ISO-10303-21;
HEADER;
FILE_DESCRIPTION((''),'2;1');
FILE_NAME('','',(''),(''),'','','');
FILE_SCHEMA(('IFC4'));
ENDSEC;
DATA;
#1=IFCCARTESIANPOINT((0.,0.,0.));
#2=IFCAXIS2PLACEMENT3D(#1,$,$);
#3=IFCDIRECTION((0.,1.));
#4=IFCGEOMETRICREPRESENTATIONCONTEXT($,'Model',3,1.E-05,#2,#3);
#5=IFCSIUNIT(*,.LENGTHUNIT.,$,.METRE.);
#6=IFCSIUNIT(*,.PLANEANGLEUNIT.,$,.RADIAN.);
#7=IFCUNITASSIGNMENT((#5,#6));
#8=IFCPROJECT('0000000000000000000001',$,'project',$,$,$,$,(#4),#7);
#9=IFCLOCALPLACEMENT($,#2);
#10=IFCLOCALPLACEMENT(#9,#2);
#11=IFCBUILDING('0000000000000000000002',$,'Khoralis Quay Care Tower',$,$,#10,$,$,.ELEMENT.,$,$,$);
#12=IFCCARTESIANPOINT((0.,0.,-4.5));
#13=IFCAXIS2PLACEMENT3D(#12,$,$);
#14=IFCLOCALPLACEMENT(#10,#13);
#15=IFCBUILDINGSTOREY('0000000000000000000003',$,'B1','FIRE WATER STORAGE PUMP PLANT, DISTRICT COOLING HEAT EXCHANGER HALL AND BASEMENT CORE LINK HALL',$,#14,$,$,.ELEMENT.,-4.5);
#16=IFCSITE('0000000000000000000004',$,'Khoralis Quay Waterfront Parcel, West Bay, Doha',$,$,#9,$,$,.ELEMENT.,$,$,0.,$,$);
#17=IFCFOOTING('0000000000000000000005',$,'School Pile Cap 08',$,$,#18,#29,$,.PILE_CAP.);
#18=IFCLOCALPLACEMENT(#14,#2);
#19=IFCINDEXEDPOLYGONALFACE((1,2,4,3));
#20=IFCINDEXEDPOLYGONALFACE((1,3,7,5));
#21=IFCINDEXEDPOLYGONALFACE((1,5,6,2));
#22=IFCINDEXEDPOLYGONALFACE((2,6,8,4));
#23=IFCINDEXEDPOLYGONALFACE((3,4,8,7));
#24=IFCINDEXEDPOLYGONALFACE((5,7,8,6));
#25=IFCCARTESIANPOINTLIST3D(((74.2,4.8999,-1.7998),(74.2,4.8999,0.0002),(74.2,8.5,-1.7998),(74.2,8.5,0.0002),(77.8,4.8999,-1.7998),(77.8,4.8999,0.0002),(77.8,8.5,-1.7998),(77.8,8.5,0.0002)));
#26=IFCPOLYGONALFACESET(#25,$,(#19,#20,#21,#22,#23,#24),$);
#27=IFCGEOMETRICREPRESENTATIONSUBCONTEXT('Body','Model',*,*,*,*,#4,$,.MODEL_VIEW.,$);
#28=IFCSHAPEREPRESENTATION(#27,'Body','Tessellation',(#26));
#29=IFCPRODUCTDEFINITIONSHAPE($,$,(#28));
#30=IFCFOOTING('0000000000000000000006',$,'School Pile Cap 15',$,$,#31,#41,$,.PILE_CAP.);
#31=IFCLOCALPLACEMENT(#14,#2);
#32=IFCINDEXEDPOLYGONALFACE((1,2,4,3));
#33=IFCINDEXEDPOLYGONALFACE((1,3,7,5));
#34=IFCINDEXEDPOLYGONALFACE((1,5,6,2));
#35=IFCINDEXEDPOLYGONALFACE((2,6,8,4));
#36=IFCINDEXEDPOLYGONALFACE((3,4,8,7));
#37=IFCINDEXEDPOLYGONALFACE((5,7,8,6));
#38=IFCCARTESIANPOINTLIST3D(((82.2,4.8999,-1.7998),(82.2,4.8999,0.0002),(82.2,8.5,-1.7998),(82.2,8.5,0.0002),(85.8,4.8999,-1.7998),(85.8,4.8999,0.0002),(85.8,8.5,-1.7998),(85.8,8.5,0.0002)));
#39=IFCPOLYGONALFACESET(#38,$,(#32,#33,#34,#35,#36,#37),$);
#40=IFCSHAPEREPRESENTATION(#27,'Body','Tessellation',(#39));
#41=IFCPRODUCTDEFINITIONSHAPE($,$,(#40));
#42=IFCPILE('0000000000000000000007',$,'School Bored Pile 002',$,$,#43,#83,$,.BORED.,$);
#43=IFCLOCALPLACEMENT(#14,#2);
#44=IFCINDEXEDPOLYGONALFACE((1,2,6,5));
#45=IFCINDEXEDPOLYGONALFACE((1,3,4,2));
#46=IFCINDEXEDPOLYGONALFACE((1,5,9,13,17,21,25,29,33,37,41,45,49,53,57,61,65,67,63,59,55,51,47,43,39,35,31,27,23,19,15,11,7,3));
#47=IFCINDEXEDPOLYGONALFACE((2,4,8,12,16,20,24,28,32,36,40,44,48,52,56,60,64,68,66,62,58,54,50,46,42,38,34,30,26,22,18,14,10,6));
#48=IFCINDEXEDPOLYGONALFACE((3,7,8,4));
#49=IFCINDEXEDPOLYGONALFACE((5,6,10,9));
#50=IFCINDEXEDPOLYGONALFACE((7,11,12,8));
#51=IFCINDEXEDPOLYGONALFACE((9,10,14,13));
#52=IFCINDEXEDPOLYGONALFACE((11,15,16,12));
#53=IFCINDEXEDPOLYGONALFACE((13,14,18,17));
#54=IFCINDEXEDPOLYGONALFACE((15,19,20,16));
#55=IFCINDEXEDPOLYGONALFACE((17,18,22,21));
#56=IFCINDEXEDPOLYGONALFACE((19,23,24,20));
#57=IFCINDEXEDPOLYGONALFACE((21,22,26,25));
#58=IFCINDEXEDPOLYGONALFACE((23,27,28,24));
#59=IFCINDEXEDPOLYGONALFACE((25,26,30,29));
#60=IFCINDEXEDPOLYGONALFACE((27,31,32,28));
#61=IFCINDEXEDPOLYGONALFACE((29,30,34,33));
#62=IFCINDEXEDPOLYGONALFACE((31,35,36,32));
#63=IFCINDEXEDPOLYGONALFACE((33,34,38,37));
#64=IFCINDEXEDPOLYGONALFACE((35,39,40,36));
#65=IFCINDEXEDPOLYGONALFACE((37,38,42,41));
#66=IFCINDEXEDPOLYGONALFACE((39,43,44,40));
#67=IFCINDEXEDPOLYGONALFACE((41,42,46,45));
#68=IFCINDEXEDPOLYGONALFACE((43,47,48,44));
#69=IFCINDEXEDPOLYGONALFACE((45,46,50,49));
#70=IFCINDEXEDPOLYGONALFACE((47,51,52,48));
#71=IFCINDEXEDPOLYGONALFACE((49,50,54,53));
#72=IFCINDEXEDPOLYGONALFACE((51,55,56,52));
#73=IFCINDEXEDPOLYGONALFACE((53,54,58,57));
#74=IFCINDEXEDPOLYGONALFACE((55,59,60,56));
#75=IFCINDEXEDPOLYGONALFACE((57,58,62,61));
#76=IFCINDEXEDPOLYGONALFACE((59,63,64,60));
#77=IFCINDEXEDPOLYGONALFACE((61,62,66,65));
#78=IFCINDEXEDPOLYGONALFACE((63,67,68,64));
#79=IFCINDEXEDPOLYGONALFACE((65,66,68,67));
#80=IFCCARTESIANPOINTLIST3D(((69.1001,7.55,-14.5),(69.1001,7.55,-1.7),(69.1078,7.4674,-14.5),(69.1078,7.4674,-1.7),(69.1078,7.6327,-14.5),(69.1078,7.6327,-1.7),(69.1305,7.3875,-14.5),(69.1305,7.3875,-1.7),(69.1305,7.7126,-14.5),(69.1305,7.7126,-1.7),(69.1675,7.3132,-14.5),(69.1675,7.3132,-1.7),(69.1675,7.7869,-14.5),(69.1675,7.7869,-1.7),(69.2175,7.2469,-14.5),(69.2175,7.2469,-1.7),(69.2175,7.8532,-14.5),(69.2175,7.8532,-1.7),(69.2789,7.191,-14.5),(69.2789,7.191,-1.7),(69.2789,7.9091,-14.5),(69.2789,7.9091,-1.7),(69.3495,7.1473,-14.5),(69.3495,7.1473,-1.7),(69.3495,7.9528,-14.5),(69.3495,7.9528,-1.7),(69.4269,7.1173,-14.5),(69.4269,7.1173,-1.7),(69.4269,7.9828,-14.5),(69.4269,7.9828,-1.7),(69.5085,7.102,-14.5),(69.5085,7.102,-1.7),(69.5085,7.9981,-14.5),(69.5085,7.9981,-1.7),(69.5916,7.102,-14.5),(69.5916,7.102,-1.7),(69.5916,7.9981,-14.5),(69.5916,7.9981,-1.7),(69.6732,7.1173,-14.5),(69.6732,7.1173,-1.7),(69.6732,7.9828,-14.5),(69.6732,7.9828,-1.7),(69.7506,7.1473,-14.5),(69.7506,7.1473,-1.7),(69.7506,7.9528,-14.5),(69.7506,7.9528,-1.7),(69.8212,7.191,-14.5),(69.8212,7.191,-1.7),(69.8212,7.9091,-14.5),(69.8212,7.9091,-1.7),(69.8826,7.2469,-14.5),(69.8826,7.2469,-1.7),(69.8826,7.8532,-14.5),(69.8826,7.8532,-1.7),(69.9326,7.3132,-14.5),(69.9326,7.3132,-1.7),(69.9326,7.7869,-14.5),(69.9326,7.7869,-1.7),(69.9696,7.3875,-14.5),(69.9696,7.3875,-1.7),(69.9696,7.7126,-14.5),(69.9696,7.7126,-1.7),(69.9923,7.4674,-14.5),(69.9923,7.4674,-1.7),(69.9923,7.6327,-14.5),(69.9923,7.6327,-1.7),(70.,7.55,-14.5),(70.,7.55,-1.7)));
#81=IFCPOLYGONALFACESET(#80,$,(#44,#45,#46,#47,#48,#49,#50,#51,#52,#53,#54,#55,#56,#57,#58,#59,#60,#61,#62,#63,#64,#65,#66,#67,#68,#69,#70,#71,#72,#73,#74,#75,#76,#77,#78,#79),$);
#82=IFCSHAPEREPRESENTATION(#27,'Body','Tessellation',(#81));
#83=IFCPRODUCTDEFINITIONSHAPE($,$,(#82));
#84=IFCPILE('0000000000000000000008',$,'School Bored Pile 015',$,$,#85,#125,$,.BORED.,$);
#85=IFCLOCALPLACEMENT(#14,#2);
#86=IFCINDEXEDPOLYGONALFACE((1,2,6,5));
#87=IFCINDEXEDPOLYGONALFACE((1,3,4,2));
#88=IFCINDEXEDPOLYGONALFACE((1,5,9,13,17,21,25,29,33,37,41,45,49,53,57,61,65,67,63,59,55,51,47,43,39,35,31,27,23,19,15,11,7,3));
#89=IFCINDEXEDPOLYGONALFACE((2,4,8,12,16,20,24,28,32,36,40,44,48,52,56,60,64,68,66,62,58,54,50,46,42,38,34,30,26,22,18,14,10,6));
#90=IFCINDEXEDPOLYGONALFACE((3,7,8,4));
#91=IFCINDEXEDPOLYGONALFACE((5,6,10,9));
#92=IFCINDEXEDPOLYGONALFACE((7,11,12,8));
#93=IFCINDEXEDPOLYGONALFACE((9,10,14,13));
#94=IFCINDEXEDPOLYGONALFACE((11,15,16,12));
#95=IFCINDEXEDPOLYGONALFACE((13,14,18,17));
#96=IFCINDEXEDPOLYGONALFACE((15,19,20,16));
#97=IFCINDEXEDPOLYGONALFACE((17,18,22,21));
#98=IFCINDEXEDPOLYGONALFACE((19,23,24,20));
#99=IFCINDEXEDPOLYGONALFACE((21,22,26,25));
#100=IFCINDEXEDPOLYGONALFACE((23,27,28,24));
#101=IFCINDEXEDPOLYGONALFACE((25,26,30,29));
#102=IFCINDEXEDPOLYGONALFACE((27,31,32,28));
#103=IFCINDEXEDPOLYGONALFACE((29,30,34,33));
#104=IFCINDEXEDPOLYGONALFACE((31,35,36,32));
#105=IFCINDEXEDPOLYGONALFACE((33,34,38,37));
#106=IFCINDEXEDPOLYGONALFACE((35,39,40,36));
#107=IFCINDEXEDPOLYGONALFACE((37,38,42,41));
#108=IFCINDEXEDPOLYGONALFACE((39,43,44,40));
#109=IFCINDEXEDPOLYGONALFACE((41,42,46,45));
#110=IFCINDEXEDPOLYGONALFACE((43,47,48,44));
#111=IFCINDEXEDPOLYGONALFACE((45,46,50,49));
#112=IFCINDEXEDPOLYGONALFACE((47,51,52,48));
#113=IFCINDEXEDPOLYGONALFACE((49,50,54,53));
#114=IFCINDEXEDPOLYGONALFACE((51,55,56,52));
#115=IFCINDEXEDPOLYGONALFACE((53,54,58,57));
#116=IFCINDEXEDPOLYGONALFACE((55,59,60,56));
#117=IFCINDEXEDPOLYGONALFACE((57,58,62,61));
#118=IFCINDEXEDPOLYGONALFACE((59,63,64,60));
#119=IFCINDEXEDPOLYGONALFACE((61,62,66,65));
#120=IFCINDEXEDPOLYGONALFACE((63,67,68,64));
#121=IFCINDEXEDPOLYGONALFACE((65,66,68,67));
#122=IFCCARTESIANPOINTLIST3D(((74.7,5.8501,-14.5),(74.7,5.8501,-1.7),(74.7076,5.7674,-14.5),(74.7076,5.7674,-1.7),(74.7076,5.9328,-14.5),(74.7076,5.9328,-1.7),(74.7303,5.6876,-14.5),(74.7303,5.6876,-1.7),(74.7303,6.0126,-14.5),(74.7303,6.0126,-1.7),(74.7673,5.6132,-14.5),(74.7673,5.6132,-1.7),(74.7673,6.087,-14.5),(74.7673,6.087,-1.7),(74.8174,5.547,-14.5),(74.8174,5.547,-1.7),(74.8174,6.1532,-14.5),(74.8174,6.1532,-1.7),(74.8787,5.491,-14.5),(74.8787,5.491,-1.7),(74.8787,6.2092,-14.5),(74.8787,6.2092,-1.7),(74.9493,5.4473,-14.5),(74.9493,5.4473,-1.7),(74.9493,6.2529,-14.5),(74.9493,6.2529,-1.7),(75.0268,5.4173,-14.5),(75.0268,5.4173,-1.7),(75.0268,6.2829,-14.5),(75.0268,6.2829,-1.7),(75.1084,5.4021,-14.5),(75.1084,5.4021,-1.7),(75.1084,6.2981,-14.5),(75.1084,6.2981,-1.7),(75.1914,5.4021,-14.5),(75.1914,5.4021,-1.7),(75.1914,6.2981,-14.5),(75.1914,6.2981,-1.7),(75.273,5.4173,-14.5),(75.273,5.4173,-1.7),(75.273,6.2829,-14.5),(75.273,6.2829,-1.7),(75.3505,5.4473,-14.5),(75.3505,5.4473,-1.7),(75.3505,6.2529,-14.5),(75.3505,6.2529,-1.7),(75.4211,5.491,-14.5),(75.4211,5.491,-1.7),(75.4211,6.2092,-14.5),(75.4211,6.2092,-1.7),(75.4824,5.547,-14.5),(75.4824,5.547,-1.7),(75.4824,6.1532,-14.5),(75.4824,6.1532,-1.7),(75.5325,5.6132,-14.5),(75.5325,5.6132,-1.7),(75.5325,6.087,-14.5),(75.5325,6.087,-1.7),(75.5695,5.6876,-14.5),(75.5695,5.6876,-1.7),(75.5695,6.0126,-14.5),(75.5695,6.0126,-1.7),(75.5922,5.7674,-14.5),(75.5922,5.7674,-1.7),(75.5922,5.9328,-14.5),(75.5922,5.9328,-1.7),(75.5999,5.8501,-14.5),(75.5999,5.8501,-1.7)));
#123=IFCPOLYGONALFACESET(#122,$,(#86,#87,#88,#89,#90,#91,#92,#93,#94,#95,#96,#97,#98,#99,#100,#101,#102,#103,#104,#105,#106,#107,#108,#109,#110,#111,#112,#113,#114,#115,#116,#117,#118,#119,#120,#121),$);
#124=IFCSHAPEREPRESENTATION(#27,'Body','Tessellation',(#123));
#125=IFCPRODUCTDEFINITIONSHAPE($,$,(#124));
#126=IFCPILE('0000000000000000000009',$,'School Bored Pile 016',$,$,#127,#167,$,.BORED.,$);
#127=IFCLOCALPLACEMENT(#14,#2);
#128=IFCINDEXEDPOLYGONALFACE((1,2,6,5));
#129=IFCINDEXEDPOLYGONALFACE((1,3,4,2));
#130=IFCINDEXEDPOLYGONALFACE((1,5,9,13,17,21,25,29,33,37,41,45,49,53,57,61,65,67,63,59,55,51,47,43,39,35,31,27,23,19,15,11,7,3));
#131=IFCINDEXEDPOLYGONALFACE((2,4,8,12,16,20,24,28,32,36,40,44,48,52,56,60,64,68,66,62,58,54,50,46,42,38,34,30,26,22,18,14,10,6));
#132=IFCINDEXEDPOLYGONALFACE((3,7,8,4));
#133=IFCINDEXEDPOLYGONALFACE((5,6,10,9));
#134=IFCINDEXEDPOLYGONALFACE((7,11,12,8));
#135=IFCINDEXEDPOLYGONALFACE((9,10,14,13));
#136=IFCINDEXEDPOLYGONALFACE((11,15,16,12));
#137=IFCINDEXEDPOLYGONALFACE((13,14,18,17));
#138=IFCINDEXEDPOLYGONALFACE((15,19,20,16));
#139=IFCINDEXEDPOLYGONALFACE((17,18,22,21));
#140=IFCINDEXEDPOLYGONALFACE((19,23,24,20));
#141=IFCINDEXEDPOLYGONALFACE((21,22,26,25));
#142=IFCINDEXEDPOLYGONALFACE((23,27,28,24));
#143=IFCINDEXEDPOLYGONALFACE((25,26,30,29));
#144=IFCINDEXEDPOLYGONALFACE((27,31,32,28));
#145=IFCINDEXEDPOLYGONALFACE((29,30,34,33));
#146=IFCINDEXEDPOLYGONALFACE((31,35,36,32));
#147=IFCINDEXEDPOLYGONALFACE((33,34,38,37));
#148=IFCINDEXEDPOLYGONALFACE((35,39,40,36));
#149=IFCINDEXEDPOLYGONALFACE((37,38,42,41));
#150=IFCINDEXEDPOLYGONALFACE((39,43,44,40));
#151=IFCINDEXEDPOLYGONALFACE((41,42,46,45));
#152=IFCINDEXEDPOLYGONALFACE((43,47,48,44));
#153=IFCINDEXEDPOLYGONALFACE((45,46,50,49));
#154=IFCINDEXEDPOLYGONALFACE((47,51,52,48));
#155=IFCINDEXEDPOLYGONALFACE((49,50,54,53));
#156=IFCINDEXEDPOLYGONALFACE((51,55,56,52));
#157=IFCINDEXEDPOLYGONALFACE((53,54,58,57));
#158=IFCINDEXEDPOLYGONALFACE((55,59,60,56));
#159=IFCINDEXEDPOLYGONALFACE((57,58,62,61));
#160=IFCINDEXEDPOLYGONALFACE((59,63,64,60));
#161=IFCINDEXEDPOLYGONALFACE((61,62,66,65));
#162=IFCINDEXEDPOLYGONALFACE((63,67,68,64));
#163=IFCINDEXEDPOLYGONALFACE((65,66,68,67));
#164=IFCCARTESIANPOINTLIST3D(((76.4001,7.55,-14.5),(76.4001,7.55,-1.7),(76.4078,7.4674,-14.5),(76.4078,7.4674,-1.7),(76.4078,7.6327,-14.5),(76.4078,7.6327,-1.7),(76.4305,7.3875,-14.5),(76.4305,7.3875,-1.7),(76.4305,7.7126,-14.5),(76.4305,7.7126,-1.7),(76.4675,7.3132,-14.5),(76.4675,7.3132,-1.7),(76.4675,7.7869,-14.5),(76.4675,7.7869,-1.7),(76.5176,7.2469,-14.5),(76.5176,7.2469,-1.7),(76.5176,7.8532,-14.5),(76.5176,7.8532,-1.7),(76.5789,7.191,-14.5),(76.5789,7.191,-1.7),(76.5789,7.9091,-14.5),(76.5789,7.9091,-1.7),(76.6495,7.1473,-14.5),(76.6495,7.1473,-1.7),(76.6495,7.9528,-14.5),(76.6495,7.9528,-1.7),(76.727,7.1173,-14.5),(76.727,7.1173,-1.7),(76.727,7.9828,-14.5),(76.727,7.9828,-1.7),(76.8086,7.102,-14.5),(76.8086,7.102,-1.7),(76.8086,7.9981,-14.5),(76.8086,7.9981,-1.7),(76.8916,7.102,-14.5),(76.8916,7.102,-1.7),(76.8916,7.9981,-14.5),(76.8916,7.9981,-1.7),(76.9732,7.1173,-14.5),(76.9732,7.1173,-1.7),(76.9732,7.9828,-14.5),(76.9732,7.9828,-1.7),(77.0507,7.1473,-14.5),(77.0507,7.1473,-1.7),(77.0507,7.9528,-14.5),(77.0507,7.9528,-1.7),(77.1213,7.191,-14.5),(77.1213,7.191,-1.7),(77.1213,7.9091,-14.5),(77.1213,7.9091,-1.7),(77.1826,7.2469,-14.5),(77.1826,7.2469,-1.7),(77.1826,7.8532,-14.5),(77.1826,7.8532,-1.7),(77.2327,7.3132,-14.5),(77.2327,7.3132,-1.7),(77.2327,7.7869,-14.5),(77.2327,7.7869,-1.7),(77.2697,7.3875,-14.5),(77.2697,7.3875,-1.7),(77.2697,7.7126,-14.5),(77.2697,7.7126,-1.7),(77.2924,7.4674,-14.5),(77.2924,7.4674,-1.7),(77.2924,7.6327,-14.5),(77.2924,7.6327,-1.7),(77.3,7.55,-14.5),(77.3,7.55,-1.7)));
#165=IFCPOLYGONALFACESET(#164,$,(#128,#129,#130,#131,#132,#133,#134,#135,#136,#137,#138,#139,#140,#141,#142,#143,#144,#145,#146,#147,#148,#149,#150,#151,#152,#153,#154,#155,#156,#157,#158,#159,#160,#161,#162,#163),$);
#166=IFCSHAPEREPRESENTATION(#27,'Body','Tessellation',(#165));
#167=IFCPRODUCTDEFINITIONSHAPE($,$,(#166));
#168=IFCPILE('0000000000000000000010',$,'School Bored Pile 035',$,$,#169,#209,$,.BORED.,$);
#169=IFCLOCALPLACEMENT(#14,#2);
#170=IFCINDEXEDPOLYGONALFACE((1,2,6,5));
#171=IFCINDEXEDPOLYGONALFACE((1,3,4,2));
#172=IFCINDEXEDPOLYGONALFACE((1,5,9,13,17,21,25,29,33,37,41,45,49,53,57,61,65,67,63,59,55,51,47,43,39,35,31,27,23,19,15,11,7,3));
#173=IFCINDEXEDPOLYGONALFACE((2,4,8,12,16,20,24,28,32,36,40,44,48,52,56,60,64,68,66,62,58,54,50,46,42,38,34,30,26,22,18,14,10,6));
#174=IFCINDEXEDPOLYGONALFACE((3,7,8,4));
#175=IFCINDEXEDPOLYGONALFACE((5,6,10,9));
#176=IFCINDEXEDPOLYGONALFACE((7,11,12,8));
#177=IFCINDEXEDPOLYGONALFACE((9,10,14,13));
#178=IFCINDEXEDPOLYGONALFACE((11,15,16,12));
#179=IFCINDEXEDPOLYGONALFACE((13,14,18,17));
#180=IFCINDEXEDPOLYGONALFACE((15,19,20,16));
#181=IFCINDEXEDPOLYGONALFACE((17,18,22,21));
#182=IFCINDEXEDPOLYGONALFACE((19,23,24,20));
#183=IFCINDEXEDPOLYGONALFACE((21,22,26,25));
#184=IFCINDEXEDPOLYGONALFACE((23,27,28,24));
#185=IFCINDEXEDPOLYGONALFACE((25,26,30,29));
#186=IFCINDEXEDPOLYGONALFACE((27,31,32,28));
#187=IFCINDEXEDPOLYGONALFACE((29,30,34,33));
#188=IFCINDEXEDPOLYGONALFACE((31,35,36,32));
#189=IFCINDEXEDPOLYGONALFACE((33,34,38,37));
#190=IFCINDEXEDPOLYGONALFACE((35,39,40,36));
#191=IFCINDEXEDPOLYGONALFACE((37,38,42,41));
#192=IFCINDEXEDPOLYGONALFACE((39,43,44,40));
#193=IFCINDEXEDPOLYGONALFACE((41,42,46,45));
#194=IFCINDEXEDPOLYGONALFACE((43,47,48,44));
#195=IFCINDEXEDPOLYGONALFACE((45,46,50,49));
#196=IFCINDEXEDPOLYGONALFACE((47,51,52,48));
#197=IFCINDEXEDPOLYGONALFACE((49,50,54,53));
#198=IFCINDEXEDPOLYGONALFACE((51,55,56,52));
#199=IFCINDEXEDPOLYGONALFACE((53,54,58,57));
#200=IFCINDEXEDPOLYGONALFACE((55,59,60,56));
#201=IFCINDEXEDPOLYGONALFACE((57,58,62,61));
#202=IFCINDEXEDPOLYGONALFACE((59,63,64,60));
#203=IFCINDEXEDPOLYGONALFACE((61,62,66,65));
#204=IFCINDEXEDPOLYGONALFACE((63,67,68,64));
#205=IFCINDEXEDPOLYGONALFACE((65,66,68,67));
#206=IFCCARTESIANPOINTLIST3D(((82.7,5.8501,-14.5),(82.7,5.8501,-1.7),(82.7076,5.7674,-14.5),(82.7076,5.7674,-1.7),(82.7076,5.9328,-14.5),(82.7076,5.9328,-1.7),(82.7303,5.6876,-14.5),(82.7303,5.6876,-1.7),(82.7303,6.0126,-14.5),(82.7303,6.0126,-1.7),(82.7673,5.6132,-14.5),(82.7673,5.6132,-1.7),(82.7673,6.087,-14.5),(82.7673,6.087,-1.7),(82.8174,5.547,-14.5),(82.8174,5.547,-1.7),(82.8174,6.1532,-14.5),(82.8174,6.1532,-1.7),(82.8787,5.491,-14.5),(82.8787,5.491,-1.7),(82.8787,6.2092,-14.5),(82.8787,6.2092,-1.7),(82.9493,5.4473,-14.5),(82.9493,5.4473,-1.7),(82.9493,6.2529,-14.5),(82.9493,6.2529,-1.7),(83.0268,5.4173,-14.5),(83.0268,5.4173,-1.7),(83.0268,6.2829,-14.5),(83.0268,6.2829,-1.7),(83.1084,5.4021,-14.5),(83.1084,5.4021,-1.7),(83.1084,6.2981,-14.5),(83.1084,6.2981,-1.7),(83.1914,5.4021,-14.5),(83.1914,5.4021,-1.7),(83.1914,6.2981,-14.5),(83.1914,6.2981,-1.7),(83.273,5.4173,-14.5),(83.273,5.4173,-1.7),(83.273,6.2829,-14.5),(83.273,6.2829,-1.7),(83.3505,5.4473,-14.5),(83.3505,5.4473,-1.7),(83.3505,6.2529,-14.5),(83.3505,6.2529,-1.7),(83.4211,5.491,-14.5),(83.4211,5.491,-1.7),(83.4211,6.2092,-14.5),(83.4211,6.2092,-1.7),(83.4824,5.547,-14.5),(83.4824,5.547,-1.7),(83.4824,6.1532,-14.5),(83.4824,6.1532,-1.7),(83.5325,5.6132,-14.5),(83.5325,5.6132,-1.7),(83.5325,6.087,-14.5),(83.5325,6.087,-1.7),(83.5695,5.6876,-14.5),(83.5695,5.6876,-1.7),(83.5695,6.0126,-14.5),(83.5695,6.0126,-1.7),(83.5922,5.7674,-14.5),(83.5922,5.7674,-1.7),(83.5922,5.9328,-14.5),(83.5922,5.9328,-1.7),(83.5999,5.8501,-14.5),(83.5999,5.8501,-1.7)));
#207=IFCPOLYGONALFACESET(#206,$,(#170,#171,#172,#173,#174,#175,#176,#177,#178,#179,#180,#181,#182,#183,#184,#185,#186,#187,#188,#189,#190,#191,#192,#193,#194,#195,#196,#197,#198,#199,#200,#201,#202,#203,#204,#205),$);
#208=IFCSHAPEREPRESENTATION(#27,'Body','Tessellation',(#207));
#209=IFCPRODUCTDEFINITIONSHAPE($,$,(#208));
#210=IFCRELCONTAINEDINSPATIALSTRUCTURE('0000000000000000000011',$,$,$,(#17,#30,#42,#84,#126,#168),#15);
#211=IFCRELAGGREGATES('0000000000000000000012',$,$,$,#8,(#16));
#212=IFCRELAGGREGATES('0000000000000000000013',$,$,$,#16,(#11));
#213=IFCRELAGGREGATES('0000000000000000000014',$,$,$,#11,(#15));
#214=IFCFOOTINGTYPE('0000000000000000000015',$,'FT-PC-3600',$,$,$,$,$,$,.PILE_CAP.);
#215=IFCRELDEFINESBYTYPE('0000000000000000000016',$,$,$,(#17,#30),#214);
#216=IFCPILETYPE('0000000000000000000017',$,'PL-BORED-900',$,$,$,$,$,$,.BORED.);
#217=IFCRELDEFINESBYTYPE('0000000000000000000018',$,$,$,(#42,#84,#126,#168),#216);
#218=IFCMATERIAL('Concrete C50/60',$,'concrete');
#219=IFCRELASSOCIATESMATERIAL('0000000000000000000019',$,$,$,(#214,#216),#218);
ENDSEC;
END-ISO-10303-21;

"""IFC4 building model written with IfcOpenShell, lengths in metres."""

from ifc_helpers import new_model, si_unit, direction, frame, origin, origin_2d, place, context, subcontext, project, spatial, rectangle, circle, extrude, source, transform, mapped, material, material_profile, profile_set, type_object, element, save


model = new_model("IFC4")

# Units and contexts
model_context = context("Model", 3, precision=1e-05, world=origin(), true_north=direction((0.0, 1.0)))
body_context = subcontext(model_context, "Body", "Model", "MODEL_VIEW")
ifc_project = project(units=[si_unit("LENGTHUNIT", "METRE"), si_unit("PLANEANGLEUNIT", "RADIAN")], contexts=[model_context])

# Site, building, storey
site_placement = place(None, origin())
site = spatial("IfcSite", under=ifc_project, at=site_placement, Name="Khoralis Quay Waterfront Parcel, West Bay, Doha", CompositionType="ELEMENT", RefElevation=0.0)
building_placement = place(site_placement, origin())
building = spatial("IfcBuilding", under=site, at=building_placement, Name="Khoralis Quay Care Tower", CompositionType="ELEMENT")
storey_placement = place(building_placement, frame((0.0, 0.0, -4.5)))
storey = spatial("IfcBuildingStorey", under=building, at=storey_placement, Name="B1", Description="FIRE WATER STORAGE PUMP PLANT, DISTRICT COOLING HEAT EXCHANGER HALL AND BASEMENT CORE LINK HALL", CompositionType="ELEMENT", Elevation=-4.5)

# Footings
ifc_material_1 = material(Name="Concrete C50/60", Category="concrete")
footing_type_1 = type_object("IfcFootingType", Name="FT-PC-3600", PredefinedType="PILE_CAP", material=ifc_material_1)
shared_shape_1 = source(origin(), body_context, "Body", "SweptSolid", [
    extrude(rectangle(XDim=3.6001, YDim=3.6001, at=origin_2d()), origin(), (0.0, 0.0, 1.0), 1.8),
])
for number, where, z_axis, x_axis, name in (
    (1, (76.0, 6.7, -1.7998), (0.0, 0.0, 1.0), (1.0, 0.0, 0.0), "School Pile Cap 08"),
    (2, (84.0, 6.7, -1.7998), (0.0, 0.0, 1.0), (1.0, 0.0, 0.0), "School Pile Cap 15"),
):
    element("IfcFooting", number, at=place(storey_placement, frame(where, z_axis=z_axis, x_axis=x_axis)), inside=storey, type_object=footing_type_1, Name=name, PredefinedType="PILE_CAP", context=body_context, shape_type="MappedRepresentation", body=[
        mapped(shared_shape_1, transform((0.0, 0.0, 0.0), scale=1.0)),
    ])

# Piles
ifc_material_profile_1 = material_profile(ifc_material_1, circle(Radius=0.45, at=origin_2d()), Name="Concrete C50/60")
ifc_profile_set_1 = profile_set([ifc_material_profile_1], Name="Concrete C50/60")
pile_type = type_object("IfcPileType", Name="PL-BORED-900", PredefinedType="BORED", material=ifc_profile_set_1)
shared_shape_2 = source(origin(), body_context, "Body", "SweptSolid", [
    extrude(circle(Radius=0.45, at=origin_2d()), origin(), (0.0, 0.0, 1.0), 12.8),
])
for number, where, z_axis, x_axis, name in (
    (3, (69.55, 7.55, -1.7), (0.0, 0.0, -1.0), (1.0, 0.0, 0.0), "School Bored Pile 002"),
    (4, (75.1499, 5.8501, -1.7), (0.0, 0.0, -1.0), (1.0, 0.0, 0.0), "School Bored Pile 015"),
    (5, (76.8501, 7.55, -1.7), (0.0, 0.0, -1.0), (1.0, 0.0, 0.0), "School Bored Pile 016"),
    (6, (83.1499, 5.8501, -1.7), (0.0, 0.0, -1.0), (1.0, 0.0, 0.0), "School Bored Pile 035"),
):
    element("IfcPile", number, at=place(storey_placement, frame(where, z_axis=z_axis, x_axis=x_axis)), inside=storey, type_object=pile_type, Name=name, PredefinedType="BORED", context=body_context, shape_type="MappedRepresentation", body=[
        mapped(shared_shape_2, transform((0.0, 0.0, 0.0), scale=1.0)),
    ])

save(model, "model.ifc")
